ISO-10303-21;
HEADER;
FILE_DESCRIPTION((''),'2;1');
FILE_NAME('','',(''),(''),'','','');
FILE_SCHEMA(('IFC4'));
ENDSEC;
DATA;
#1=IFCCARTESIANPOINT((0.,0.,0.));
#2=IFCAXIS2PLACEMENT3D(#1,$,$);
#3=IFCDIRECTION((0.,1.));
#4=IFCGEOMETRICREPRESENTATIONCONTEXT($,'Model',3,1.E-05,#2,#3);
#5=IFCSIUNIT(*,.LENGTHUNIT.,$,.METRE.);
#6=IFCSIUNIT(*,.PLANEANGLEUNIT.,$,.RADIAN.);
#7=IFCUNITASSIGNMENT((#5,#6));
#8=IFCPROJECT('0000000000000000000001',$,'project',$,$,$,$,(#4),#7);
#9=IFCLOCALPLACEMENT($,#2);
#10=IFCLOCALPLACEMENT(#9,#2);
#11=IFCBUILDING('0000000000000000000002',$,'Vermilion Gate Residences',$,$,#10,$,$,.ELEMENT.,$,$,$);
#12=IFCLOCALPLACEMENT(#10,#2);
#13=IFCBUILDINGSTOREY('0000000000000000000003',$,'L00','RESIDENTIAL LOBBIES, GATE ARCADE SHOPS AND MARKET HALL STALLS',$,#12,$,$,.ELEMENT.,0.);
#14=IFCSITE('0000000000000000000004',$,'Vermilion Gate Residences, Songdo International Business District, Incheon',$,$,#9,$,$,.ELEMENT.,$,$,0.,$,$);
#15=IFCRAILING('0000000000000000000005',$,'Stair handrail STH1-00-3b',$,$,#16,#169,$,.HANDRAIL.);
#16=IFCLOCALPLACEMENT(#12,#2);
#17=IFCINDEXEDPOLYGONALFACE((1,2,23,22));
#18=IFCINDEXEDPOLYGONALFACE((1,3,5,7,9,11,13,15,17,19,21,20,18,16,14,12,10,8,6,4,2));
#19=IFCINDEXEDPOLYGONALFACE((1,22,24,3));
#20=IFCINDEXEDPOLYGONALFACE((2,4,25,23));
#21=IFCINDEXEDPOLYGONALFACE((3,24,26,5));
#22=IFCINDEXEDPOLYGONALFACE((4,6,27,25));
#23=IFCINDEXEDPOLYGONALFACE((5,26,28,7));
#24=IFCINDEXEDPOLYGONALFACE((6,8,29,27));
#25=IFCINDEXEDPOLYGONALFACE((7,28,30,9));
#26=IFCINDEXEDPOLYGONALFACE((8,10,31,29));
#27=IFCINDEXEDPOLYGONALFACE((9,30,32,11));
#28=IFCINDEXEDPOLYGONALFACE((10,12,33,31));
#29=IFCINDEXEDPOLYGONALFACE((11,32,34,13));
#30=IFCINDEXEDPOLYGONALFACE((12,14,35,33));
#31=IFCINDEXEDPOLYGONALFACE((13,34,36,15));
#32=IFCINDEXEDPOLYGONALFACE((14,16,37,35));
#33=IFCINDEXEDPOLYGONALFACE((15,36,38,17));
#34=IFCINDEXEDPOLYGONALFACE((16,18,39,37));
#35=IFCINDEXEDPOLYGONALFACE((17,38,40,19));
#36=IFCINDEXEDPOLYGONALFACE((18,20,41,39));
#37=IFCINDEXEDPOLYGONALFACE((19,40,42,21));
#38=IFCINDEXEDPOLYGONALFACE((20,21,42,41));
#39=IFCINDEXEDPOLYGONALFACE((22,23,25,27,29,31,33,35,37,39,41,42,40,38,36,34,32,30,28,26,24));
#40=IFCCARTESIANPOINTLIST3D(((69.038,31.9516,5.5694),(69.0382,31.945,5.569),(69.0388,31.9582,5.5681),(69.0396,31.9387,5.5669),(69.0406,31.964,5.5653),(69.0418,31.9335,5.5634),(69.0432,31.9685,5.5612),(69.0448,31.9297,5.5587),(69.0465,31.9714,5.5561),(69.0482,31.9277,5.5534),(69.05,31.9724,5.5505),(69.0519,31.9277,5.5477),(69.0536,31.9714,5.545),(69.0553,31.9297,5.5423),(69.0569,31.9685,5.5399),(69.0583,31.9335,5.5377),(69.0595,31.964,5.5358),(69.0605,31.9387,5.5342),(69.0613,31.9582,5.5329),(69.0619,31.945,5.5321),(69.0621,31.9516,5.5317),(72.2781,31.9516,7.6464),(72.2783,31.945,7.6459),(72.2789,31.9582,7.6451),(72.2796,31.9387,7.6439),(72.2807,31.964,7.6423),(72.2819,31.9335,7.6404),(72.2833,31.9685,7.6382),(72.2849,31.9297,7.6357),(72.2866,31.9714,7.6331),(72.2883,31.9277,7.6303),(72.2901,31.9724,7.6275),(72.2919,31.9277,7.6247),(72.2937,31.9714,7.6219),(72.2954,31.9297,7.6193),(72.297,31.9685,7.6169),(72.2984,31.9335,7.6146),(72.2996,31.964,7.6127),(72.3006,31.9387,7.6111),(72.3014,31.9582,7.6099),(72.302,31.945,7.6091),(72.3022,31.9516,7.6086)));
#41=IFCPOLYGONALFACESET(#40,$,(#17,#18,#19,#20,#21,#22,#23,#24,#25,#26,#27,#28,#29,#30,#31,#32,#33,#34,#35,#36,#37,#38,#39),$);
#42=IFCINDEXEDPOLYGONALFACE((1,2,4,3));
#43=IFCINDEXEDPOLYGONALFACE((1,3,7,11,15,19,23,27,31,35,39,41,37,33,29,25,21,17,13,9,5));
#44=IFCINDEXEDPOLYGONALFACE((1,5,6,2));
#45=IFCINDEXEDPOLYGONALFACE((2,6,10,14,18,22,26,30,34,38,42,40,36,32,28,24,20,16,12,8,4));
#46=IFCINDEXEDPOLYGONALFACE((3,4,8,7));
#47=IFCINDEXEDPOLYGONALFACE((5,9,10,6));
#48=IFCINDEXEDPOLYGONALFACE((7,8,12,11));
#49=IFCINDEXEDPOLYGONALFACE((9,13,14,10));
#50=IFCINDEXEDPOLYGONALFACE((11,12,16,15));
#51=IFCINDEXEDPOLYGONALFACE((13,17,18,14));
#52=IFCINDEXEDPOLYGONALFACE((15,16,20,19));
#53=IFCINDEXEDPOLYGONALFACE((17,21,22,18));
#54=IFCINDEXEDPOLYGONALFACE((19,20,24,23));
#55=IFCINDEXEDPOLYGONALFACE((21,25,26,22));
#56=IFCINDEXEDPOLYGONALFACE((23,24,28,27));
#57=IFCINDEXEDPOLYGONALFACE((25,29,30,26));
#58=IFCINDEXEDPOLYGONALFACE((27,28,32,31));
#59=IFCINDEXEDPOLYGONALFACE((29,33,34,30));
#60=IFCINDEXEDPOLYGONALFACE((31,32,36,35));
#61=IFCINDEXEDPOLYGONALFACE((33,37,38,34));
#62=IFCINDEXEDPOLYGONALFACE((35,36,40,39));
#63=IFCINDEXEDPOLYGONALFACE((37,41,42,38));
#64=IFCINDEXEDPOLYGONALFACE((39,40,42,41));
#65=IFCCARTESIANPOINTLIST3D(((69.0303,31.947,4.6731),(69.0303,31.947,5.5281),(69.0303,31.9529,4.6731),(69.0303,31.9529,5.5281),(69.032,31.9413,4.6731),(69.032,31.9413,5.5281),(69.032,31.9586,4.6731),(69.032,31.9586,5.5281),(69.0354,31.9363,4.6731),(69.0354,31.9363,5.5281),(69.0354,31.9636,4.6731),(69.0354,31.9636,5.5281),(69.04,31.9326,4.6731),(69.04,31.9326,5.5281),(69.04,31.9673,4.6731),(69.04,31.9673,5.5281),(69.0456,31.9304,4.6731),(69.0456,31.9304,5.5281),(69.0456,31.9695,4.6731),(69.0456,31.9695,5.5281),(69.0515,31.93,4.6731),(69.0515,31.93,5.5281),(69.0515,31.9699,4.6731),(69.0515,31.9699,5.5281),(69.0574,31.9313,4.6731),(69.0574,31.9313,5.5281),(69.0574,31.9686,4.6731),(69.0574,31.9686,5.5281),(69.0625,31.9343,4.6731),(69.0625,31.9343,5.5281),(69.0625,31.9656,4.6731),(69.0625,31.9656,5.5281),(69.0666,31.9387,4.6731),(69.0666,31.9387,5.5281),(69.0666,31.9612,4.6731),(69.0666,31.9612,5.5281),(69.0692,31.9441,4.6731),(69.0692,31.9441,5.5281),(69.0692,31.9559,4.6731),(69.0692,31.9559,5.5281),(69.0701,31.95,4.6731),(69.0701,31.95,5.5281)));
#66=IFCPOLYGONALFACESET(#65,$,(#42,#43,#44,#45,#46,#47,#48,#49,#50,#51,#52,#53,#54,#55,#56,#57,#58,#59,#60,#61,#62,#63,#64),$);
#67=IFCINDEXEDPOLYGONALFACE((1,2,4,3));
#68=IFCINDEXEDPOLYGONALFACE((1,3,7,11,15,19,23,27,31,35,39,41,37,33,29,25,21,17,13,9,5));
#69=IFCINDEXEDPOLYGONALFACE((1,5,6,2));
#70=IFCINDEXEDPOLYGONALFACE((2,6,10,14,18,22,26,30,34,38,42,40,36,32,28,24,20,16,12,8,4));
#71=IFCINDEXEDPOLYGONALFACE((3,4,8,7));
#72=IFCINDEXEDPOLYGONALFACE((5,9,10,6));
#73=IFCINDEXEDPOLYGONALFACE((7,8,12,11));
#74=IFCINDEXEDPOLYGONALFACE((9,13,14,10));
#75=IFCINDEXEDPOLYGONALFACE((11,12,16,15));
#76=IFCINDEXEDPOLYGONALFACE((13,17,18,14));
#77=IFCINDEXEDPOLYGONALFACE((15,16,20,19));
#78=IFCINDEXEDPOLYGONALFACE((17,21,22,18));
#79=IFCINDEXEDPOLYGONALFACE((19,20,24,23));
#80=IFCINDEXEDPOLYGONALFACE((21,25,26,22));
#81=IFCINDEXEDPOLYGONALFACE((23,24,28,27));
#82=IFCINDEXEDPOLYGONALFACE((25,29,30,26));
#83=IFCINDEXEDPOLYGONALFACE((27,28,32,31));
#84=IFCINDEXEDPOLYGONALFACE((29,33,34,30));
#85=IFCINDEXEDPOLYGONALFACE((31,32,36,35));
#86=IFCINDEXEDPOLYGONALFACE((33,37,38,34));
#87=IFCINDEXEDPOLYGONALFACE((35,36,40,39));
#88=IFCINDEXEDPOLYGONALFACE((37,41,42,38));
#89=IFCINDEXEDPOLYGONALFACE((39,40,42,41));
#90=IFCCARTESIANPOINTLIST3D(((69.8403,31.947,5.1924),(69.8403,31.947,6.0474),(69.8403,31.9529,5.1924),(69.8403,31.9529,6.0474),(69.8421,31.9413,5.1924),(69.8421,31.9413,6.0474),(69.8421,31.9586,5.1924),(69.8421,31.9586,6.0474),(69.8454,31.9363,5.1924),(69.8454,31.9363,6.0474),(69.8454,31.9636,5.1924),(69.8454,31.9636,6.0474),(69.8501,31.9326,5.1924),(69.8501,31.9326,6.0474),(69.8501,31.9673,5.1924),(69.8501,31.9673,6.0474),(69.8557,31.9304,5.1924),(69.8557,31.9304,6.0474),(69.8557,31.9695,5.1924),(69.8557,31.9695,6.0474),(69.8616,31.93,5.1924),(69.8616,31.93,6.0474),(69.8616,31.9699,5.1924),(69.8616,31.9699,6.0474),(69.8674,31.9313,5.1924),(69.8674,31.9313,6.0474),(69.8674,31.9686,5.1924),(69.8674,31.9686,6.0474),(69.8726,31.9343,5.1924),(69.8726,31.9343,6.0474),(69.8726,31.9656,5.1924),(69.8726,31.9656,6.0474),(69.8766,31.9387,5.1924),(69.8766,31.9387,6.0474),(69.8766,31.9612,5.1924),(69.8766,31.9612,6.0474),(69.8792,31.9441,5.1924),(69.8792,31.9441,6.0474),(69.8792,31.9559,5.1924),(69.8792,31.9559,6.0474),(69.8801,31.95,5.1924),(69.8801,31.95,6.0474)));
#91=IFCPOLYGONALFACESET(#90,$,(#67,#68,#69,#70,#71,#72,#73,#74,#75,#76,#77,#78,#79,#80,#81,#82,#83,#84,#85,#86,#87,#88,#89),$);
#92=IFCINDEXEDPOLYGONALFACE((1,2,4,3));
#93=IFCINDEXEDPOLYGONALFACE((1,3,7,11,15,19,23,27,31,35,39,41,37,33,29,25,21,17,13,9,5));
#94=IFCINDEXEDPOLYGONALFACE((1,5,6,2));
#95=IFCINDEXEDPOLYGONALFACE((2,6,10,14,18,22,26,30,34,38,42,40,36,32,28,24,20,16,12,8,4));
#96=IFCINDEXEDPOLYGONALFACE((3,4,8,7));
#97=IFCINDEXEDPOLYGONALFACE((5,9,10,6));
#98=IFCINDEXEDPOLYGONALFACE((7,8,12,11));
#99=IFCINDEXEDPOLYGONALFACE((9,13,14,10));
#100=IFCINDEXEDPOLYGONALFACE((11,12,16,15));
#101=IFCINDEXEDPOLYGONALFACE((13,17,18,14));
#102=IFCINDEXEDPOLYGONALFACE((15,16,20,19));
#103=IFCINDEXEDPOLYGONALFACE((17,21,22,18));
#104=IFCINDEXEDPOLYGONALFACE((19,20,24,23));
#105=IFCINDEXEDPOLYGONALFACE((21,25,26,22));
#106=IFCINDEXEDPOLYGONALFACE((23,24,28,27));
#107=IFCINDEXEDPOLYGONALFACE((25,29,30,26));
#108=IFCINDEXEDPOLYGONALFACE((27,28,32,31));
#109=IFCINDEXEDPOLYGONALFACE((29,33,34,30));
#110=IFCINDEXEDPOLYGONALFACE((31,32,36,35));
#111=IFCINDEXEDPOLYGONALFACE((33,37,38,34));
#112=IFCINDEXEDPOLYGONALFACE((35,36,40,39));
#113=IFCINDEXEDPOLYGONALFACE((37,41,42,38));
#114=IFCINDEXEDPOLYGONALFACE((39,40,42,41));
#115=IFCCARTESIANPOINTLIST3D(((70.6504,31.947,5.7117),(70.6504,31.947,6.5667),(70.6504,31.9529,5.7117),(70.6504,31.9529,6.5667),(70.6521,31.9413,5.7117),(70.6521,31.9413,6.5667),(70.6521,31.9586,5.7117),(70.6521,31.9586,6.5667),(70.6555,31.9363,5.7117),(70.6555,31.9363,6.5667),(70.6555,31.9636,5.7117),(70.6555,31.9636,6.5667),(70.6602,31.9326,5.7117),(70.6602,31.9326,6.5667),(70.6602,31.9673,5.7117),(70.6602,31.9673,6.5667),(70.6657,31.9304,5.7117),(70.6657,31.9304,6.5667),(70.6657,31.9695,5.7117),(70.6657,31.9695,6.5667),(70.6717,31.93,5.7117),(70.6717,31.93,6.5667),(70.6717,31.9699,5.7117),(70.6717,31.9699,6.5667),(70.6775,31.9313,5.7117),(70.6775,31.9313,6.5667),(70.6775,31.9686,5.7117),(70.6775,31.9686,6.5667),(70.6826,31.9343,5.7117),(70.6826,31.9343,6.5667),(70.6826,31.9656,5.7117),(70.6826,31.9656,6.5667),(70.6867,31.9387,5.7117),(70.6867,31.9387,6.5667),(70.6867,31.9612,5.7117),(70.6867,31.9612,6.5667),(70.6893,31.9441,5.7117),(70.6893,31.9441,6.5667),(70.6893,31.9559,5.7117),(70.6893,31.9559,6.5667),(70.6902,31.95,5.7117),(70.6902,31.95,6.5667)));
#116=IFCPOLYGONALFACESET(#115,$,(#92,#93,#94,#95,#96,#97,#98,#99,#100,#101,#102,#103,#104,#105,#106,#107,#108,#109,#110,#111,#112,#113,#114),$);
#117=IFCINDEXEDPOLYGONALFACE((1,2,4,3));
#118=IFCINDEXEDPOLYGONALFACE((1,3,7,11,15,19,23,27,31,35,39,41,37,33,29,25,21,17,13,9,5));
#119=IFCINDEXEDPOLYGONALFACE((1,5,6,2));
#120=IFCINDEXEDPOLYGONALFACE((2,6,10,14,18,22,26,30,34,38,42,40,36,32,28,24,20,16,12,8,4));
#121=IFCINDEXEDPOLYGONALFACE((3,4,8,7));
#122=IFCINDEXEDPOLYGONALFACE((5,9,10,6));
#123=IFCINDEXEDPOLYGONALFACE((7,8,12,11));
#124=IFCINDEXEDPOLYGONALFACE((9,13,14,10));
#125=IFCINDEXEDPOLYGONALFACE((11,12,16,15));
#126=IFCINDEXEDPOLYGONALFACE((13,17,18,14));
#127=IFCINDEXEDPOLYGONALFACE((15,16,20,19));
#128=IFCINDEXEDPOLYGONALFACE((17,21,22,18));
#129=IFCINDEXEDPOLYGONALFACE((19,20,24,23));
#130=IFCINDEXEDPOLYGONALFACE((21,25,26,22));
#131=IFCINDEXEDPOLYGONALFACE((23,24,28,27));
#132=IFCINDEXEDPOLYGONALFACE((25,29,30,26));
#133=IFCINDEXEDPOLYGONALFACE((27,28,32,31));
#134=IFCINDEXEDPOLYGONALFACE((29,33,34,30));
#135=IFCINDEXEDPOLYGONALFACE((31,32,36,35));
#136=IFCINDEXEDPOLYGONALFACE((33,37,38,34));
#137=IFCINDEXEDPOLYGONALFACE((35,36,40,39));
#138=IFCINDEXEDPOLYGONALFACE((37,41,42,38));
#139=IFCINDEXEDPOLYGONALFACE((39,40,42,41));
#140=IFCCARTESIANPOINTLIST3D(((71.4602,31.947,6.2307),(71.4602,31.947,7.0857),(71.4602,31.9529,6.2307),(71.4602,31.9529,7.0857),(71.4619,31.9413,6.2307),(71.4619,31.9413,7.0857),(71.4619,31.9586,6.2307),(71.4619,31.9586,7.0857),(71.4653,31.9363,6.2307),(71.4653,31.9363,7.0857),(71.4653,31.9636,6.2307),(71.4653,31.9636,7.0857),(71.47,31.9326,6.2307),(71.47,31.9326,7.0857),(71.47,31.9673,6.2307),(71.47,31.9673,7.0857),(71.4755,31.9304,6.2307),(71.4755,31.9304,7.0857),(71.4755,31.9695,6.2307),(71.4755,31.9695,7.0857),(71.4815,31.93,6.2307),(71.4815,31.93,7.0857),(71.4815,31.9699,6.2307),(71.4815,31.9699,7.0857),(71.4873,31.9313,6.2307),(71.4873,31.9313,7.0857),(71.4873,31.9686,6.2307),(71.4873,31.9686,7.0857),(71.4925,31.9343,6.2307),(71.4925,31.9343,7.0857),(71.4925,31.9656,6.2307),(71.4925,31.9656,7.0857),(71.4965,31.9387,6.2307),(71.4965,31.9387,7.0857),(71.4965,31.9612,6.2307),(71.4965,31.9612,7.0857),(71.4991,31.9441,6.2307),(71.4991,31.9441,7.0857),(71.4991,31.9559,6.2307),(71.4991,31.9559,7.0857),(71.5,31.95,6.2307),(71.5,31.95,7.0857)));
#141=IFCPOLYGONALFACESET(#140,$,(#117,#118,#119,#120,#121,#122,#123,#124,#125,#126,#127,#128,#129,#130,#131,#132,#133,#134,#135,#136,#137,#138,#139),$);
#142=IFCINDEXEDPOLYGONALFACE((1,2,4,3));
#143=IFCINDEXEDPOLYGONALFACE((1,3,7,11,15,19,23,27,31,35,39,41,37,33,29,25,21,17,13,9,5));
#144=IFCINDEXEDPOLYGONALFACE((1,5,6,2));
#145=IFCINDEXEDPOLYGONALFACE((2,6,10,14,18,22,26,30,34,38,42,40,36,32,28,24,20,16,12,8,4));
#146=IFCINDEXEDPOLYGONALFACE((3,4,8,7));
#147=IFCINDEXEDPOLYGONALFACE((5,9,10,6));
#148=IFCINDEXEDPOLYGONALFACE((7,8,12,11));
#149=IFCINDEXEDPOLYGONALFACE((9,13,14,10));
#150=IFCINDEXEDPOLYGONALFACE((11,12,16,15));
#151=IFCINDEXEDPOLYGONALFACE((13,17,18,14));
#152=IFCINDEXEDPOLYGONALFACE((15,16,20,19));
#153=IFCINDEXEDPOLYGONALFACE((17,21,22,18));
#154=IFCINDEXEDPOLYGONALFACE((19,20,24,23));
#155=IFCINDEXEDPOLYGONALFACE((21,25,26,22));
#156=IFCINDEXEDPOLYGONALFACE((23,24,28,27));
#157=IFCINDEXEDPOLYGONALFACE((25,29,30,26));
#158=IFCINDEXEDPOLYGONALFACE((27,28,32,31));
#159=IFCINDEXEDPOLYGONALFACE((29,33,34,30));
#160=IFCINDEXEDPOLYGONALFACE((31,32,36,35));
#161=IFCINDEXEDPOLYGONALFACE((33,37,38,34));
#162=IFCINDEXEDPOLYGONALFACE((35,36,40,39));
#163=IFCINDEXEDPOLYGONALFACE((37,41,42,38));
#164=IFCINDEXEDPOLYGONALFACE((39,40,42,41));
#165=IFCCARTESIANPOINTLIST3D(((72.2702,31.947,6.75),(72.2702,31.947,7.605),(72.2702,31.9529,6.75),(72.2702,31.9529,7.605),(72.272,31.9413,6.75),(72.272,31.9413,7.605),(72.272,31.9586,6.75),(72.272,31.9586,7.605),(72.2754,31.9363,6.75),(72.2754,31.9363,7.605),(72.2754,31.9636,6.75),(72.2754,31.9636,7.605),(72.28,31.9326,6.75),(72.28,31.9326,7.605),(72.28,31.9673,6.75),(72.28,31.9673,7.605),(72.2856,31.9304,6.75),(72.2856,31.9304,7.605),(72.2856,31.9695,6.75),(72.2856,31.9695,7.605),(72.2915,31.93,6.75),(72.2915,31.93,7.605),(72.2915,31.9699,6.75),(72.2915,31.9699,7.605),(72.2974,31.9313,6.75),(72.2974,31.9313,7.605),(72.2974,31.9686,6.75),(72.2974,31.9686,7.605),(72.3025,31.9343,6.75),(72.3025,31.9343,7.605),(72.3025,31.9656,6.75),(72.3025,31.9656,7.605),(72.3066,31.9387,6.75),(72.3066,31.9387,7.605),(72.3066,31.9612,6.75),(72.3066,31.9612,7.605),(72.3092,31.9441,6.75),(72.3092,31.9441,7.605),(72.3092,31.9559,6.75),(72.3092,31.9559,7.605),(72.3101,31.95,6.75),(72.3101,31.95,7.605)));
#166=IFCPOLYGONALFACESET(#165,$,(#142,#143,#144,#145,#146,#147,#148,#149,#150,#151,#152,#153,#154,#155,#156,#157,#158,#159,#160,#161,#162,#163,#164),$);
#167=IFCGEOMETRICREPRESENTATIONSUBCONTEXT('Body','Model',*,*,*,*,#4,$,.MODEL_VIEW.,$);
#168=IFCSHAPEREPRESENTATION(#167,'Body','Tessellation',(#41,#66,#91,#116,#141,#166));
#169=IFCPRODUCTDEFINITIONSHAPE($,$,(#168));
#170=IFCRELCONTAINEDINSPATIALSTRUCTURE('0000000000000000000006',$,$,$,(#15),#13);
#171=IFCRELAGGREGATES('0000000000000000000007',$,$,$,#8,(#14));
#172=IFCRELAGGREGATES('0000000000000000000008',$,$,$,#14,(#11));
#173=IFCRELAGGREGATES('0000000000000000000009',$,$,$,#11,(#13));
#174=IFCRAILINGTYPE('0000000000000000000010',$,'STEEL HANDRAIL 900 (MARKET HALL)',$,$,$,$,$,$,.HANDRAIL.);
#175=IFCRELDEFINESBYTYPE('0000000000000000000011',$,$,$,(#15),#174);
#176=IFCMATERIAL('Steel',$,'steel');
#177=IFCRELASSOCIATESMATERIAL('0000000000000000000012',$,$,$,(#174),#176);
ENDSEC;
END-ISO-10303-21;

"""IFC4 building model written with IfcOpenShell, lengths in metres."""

from ifc_helpers import new_model, si_unit, direction, frame, origin, origin_2d, place, context, subcontext, project, spatial, circle, extrude, material, type_object, element, save


model = new_model("IFC4")

# Units and contexts
model_context = context("Model", 3, precision=1e-05, world=origin(), true_north=direction((0.0, 1.0)))
body_context = subcontext(model_context, "Body", "Model", "MODEL_VIEW")
ifc_project = project(units=[si_unit("LENGTHUNIT", "METRE"), si_unit("PLANEANGLEUNIT", "RADIAN")], contexts=[model_context])

# Site, building, storey
site_placement = place(None, origin())
site = spatial("IfcSite", under=ifc_project, at=site_placement, Name="Vermilion Gate Residences, Songdo International Business District, Incheon", CompositionType="ELEMENT", RefElevation=0.0)
building_placement = place(site_placement, origin())
building = spatial("IfcBuilding", under=site, at=building_placement, Name="Vermilion Gate Residences", CompositionType="ELEMENT")
storey_placement = place(building_placement, origin())
storey = spatial("IfcBuildingStorey", under=building, at=storey_placement, Name="L00", Description="RESIDENTIAL LOBBIES, GATE ARCADE SHOPS AND MARKET HALL STALLS", CompositionType="ELEMENT", Elevation=0.0)

# Railing
ifc_material_1 = material(Name="Steel", Category="steel")
railing_type = type_object("IfcRailingType", Name="STEEL HANDRAIL 900 (MARKET HALL)", PredefinedType="HANDRAIL", material=ifc_material_1)
for number, where, name in (
    (1, (69.05, 31.95, 4.6731), "Stair handrail STH1-00-3b"),
):
    element("IfcRailing", number, at=place(storey_placement, frame(where)), inside=storey, type_object=railing_type, Name=name, PredefinedType="HANDRAIL", context=body_context, shape_type="SweptSolid", body=[
        extrude(circle(Radius=0.0225, at=origin_2d()), frame((0.0, 0.0, 0.8774), z_axis=(0.841881, 0.0, 0.539664), x_axis=(0.0, 1.0, 0.0)), (0.0, 0.0, 1.0), 3.8486),
        extrude(circle(Radius=0.02, at=origin_2d()), origin(), (0.0, 0.0, 1.0), 0.855),
        extrude(circle(Radius=0.02, at=origin_2d()), frame((0.8101, 0.0, 0.5193)), (0.0, 0.0, 1.0), 0.855),
        extrude(circle(Radius=0.02, at=origin_2d()), frame((1.6201, 0.0, 1.0386)), (0.0, 0.0, 1.0), 0.855),
        extrude(circle(Radius=0.02, at=origin_2d()), frame((2.4299, 0.0, 1.5576)), (0.0, 0.0, 1.0), 0.855),
        extrude(circle(Radius=0.02, at=origin_2d()), frame((3.24, 0.0, 2.0769)), (0.0, 0.0, 1.0), 0.855),
    ])

save(model, "model.ifc")
